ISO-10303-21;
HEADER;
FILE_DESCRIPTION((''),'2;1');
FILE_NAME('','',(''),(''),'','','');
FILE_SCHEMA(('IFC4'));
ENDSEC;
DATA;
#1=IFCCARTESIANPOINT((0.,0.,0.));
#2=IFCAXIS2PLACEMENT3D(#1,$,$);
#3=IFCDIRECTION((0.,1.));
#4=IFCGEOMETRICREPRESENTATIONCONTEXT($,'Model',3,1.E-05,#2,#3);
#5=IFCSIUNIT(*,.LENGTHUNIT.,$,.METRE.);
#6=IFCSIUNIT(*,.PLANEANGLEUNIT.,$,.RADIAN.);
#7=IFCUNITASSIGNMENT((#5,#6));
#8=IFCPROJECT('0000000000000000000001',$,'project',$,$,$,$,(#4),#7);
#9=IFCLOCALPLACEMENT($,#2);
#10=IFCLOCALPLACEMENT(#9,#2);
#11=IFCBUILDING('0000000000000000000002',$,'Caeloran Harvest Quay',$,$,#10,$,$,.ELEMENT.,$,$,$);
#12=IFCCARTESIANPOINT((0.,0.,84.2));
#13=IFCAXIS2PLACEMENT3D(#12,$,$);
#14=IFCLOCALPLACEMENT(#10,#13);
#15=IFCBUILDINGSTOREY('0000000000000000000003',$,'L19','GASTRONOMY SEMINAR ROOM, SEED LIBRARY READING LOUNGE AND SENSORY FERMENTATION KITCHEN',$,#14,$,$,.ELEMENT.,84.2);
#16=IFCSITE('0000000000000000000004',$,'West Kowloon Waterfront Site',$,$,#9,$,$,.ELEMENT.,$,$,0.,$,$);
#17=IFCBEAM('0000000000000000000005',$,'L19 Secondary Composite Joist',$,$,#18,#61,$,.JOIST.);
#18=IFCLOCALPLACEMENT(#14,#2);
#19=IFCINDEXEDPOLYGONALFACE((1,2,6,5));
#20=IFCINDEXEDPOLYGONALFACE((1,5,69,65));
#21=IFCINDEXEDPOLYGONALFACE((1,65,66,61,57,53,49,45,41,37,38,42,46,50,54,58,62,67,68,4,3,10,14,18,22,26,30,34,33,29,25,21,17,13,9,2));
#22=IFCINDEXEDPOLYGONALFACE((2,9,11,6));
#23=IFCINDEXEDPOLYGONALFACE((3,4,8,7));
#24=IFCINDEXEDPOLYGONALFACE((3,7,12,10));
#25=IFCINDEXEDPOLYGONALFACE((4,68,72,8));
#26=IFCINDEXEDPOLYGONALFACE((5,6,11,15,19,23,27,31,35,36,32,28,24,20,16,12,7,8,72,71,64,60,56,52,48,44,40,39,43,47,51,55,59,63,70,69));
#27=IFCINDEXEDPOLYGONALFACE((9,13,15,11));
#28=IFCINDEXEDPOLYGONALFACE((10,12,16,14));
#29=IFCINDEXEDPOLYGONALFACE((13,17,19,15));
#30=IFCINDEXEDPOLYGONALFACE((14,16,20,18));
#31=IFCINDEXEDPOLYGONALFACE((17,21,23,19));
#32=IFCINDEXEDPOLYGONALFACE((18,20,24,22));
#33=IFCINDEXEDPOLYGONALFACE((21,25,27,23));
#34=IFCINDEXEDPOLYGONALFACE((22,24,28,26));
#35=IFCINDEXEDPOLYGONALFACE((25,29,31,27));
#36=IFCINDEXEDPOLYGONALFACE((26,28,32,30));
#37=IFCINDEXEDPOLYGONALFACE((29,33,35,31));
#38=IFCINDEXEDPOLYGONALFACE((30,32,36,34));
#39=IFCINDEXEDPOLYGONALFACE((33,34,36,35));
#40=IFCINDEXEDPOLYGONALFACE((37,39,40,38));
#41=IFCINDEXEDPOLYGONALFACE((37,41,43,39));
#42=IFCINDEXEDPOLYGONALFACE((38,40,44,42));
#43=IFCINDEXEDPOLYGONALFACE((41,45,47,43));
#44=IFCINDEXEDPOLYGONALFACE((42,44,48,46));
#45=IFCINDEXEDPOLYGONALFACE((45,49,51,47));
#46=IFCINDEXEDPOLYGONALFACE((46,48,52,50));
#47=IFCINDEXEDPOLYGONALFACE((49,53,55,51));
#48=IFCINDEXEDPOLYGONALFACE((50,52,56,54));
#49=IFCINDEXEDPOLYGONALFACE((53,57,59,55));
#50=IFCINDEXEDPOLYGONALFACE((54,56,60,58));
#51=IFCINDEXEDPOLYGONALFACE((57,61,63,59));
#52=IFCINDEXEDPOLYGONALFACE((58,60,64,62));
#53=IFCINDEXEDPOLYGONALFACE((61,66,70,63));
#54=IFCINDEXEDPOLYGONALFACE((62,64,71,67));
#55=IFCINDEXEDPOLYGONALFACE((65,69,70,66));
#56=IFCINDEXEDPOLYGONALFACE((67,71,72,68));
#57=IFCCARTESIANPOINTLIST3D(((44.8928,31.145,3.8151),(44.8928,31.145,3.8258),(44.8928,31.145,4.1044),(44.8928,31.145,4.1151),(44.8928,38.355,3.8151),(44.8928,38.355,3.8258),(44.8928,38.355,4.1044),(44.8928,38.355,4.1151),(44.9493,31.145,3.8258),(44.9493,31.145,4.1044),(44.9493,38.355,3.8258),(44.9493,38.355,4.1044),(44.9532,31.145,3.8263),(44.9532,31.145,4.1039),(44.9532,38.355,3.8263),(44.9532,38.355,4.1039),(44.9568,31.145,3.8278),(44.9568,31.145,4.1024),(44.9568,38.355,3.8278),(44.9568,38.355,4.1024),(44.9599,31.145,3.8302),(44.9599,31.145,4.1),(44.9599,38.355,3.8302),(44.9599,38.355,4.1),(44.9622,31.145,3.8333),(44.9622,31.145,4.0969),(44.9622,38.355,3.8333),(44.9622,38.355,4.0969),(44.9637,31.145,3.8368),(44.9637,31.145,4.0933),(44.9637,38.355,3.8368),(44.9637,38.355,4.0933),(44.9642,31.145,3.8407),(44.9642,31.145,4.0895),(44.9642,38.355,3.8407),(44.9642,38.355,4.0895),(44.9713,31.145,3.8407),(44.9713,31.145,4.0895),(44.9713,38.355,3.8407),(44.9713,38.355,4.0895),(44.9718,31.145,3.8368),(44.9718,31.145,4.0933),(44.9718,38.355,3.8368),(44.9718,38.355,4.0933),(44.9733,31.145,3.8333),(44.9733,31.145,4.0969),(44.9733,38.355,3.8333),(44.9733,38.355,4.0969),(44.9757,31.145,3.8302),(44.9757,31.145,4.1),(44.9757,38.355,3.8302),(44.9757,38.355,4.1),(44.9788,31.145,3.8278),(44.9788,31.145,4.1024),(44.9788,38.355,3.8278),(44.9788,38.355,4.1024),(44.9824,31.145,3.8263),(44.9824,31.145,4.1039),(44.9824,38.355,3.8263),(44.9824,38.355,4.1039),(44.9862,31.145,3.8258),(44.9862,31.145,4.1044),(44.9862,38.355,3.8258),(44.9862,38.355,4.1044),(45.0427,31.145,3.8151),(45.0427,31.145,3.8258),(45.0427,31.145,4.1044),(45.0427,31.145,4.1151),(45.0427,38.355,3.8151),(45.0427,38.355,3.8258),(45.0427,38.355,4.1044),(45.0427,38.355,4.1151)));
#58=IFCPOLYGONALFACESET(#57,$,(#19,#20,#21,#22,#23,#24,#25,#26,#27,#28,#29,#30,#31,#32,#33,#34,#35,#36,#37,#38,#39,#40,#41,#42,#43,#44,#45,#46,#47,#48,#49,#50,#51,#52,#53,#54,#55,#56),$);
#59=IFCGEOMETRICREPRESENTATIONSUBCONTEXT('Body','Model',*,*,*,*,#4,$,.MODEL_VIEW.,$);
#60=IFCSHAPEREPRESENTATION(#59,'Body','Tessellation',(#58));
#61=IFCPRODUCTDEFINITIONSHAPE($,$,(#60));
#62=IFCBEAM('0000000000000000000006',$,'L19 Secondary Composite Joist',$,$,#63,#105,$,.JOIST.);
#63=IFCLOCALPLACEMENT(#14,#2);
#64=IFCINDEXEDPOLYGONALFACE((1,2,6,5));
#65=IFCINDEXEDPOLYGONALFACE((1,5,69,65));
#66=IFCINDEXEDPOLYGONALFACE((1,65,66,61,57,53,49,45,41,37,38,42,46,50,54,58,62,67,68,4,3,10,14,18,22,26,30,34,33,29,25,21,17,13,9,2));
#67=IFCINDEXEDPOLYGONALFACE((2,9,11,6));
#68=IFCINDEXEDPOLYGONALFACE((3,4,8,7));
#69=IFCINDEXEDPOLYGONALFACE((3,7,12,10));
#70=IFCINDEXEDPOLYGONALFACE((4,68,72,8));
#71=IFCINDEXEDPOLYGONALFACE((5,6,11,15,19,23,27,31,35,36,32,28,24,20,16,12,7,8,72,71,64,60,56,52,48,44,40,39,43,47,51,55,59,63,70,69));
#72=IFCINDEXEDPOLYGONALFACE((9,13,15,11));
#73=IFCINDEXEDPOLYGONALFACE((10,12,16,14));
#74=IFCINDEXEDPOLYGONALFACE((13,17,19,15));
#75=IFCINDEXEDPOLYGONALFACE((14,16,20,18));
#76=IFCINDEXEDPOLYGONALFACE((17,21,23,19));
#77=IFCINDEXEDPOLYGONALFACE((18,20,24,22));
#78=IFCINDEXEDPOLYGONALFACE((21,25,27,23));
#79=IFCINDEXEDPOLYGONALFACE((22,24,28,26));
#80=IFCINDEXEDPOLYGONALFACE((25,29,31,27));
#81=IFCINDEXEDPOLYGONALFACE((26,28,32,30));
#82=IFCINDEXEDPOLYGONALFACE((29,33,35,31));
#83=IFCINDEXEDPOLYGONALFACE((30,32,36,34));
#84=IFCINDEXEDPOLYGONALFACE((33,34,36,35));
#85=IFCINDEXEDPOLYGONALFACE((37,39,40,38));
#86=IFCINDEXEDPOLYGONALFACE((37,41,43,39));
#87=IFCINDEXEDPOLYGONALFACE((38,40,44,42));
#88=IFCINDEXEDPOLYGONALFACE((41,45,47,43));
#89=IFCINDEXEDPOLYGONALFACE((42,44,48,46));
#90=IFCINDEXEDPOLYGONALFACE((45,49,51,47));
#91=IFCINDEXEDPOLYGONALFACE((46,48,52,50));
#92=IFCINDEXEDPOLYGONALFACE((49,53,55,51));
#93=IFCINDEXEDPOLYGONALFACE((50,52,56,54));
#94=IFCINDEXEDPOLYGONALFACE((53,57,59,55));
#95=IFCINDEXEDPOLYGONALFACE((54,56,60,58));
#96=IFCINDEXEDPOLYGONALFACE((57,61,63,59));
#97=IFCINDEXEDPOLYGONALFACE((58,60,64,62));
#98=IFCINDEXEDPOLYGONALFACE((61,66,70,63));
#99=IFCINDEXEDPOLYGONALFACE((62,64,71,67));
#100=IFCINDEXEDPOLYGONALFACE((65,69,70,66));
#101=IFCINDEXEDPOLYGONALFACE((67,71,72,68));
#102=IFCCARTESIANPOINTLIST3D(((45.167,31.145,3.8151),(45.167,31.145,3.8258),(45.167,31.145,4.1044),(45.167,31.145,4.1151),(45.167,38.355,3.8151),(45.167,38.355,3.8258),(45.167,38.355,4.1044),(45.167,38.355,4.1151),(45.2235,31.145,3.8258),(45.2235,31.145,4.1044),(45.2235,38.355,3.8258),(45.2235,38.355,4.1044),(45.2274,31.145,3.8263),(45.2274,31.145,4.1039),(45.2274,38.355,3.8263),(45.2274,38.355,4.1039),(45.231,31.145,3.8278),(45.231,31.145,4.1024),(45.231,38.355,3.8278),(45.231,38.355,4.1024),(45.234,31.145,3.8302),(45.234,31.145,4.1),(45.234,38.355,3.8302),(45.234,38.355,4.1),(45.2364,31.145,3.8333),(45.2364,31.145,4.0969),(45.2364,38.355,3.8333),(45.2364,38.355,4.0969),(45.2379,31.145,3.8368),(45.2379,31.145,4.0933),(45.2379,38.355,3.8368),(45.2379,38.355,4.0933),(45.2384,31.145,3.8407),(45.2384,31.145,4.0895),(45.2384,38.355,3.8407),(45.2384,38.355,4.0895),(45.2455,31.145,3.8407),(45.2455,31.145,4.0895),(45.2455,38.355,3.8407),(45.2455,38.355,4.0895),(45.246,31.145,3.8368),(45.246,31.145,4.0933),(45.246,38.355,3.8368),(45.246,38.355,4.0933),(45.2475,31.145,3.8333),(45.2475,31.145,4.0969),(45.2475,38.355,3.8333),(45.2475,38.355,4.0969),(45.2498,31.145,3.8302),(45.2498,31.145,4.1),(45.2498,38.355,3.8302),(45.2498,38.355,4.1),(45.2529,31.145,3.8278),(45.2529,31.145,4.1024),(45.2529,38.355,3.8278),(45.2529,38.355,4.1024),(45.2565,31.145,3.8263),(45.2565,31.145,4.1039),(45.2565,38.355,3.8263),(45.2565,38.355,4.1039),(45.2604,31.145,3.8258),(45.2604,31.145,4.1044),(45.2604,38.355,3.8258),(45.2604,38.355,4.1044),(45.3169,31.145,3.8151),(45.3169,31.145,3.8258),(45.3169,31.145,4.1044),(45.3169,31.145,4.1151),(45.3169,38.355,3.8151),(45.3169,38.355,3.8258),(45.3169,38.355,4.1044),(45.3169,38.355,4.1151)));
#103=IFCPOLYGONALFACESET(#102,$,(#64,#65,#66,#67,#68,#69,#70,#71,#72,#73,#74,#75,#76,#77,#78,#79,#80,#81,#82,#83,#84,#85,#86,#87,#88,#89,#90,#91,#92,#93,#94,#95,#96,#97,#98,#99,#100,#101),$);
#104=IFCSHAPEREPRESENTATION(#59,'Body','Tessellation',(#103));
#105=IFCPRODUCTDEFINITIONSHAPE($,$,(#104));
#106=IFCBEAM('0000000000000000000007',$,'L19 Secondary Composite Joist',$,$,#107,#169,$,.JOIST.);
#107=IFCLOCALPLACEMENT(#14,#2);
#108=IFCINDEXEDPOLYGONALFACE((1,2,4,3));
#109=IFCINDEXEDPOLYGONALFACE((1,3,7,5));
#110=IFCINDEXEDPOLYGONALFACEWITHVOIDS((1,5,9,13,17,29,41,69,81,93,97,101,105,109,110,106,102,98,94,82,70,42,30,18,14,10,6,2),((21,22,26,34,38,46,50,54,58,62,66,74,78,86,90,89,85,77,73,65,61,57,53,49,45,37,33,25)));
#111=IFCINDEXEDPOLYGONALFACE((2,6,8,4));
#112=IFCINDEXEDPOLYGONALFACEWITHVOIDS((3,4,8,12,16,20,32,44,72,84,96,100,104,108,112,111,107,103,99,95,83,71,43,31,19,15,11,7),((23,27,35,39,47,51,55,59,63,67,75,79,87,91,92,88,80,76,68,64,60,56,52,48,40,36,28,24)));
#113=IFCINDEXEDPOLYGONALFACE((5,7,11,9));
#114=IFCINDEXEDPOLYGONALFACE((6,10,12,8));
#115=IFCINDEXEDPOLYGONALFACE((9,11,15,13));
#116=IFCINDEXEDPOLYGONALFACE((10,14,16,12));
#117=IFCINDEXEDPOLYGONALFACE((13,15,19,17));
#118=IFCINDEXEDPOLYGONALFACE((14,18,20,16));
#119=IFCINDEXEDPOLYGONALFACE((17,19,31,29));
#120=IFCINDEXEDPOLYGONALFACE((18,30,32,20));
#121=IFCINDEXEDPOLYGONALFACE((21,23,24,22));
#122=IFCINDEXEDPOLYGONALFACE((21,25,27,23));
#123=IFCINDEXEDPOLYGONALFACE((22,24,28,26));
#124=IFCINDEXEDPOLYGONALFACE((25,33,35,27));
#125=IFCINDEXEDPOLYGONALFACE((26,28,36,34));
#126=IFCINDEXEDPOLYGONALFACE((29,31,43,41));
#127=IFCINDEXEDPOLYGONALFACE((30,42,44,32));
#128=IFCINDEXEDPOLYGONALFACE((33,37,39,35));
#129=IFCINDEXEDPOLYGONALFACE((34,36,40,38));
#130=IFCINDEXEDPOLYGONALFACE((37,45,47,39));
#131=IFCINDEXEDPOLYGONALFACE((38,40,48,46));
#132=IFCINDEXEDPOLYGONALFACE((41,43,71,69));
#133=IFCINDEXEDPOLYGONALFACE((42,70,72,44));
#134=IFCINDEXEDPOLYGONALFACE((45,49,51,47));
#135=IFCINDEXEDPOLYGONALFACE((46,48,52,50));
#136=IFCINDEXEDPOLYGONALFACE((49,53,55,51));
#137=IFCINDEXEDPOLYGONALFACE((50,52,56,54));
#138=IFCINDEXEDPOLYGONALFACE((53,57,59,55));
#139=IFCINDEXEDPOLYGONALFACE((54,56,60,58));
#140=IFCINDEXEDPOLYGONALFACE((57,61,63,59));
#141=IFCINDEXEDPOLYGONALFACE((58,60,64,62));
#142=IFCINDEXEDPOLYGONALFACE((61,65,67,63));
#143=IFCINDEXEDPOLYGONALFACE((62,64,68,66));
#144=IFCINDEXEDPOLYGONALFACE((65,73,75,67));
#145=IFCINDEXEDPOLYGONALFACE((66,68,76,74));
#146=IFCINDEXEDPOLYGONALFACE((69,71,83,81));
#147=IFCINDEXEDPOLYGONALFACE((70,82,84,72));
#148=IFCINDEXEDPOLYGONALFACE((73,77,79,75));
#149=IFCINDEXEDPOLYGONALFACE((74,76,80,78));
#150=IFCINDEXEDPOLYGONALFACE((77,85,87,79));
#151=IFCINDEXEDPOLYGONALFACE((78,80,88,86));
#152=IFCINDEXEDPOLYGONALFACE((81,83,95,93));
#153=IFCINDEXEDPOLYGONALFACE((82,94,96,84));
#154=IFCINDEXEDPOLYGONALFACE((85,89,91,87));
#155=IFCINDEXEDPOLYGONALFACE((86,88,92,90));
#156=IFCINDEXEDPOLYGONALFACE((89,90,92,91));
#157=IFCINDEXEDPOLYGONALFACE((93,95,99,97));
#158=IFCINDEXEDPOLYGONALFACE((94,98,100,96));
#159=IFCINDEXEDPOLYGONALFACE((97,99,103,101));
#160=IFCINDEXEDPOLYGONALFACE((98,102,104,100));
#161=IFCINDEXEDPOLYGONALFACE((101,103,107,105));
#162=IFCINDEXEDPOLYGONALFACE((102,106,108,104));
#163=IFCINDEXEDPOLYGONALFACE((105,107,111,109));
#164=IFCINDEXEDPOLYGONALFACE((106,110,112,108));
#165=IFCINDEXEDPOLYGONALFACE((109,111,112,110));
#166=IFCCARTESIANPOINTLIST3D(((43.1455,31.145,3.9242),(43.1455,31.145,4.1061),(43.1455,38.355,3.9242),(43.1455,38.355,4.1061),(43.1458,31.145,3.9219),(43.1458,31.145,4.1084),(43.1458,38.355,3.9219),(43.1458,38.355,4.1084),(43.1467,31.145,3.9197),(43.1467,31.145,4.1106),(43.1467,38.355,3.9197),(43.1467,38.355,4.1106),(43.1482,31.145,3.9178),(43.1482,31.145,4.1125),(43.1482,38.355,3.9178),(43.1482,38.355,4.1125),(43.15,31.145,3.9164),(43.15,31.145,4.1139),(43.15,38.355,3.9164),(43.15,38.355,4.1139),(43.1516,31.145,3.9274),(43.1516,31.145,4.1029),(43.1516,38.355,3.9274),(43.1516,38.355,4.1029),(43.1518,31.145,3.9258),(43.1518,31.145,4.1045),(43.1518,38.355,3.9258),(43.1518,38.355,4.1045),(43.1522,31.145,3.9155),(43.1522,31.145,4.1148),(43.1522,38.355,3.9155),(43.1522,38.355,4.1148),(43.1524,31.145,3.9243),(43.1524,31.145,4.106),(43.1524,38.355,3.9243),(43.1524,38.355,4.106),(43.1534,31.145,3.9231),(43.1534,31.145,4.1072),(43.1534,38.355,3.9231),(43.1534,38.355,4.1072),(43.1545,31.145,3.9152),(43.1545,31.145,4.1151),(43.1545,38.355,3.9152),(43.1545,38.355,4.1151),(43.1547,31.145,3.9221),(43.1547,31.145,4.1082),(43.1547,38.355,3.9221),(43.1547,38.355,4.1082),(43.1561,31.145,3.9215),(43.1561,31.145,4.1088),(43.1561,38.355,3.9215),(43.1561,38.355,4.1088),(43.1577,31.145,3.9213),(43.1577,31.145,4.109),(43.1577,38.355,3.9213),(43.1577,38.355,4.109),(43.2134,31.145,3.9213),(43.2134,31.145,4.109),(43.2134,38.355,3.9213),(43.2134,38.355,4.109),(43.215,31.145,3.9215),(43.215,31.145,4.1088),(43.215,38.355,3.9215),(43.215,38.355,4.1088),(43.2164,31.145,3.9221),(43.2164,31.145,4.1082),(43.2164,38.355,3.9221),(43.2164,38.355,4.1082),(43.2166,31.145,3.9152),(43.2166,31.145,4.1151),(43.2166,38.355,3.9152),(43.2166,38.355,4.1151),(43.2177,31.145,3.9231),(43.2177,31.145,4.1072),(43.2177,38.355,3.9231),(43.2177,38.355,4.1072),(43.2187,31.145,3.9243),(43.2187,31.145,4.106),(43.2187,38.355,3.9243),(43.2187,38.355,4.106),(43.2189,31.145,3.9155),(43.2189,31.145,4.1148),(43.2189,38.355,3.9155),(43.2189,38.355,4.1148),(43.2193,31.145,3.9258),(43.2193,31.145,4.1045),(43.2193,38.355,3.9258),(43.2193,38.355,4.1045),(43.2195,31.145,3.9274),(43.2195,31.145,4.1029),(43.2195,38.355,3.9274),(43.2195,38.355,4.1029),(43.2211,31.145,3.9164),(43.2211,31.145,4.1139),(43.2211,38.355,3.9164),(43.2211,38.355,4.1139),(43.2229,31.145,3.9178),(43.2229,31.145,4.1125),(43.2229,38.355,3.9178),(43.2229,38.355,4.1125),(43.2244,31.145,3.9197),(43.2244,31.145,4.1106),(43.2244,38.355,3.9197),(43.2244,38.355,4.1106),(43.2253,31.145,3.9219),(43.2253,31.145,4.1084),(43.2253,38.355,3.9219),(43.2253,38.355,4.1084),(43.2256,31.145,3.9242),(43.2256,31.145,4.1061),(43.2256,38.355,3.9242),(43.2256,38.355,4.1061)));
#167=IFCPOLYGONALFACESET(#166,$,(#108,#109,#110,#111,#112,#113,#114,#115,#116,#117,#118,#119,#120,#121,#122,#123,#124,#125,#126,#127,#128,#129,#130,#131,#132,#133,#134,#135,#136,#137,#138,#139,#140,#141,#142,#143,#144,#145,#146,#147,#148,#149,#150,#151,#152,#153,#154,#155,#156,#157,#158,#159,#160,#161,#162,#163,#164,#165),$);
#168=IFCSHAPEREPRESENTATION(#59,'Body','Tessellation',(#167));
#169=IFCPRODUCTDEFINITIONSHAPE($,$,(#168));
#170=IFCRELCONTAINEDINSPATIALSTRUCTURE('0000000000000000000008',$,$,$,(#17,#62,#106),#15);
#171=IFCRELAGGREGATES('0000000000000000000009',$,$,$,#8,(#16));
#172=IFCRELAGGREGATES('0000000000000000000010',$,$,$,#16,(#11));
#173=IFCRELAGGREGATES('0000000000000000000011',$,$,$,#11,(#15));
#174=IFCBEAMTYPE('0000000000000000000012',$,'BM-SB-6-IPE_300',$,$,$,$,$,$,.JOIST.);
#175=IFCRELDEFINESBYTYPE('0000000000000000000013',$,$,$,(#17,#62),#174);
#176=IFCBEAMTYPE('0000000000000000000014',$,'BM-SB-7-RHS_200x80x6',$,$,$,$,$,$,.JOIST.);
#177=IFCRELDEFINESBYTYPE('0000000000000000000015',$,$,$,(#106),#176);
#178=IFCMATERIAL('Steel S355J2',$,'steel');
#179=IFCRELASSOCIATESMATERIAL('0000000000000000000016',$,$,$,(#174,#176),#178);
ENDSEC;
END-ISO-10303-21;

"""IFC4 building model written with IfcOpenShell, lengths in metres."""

from ifc_helpers import new_model, si_unit, direction, frame, origin, origin_2d, place, context, subcontext, project, spatial, hollow_rectangle, i_section, extrude, material, material_profile, profile_set, type_object, element, save


model = new_model("IFC4")

# Units and contexts
model_context = context("Model", 3, precision=1e-05, world=origin(), true_north=direction((0.0, 1.0)))
body_context = subcontext(model_context, "Body", "Model", "MODEL_VIEW")
ifc_project = project(units=[si_unit("LENGTHUNIT", "METRE"), si_unit("PLANEANGLEUNIT", "RADIAN")], contexts=[model_context])

# Site, building, storey
site_placement = place(None, origin())
site = spatial("IfcSite", under=ifc_project, at=site_placement, Name="West Kowloon Waterfront Site", CompositionType="ELEMENT", RefElevation=0.0)
building_placement = place(site_placement, origin())
building = spatial("IfcBuilding", under=site, at=building_placement, Name="Caeloran Harvest Quay", CompositionType="ELEMENT")
storey_placement = place(building_placement, frame((0.0, 0.0, 84.2)))
storey = spatial("IfcBuildingStorey", under=building, at=storey_placement, Name="L19", Description="GASTRONOMY SEMINAR ROOM, SEED LIBRARY READING LOUNGE AND SENSORY FERMENTATION KITCHEN", CompositionType="ELEMENT", Elevation=84.2)

# Beams
ifc_material_1 = material(Name="Steel S355J2", Category="steel")
ifc_material_profile_1 = material_profile(ifc_material_1, i_section(OverallWidth=0.1499, OverallDepth=0.3, WebThickness=0.0071, FlangeThickness=0.0107, FilletRadius=0.0149, at=origin_2d()), Name="IPE 300")
ifc_profile_set_1 = profile_set([ifc_material_profile_1], Name="Steel S355J2")
beam_type_1 = type_object("IfcBeamType", Name="BM-SB-6-IPE_300", PredefinedType="JOIST", material=ifc_profile_set_1)
for number, where, z_axis, x_axis, name in (
    (1, (44.9678, 31.145, 3.9651), (0.0, 1.0, 0.0), (-1.0, 0.0, 0.0), "L19 Secondary Composite Joist"),
    (2, (45.2419, 31.145, 3.9651), (0.0, 1.0, 0.0), (-1.0, 0.0, 0.0), "L19 Secondary Composite Joist"),
):
    element("IfcBeam", number, at=place(storey_placement, frame(where, z_axis=z_axis, x_axis=x_axis)), inside=storey, type_object=beam_type_1, Name=name, PredefinedType="JOIST", context=body_context, shape_type="SweptSolid", body=[
        extrude(i_section(OverallWidth=0.1499, OverallDepth=0.3, WebThickness=0.0071, FlangeThickness=0.0107, FilletRadius=0.0149, at=origin_2d()), origin(), (0.0, 0.0, 1.0), 7.21),
    ])
ifc_material_profile_2 = material_profile(ifc_material_1, hollow_rectangle(XDim=0.0801, YDim=0.2, WallThickness=0.0061, InnerFilletRadius=0.0061, OuterFilletRadius=0.009, at=origin_2d()), Name="RHS 200x80x6")
ifc_profile_set_2 = profile_set([ifc_material_profile_2], Name="Steel S355J2")
beam_type_2 = type_object("IfcBeamType", Name="BM-SB-7-RHS_200x80x6", PredefinedType="JOIST", material=ifc_profile_set_2)
for number, where, z_axis, x_axis, name in (
    (3, (43.1855, 31.145, 4.0151), (0.0, 1.0, 0.0), (-1.0, 0.0, 0.0), "L19 Secondary Composite Joist"),
):
    element("IfcBeam", number, at=place(storey_placement, frame(where, z_axis=z_axis, x_axis=x_axis)), inside=storey, type_object=beam_type_2, Name=name, PredefinedType="JOIST", context=body_context, shape_type="SweptSolid", body=[
        extrude(hollow_rectangle(XDim=0.0801, YDim=0.2, WallThickness=0.0061, InnerFilletRadius=0.0061, OuterFilletRadius=0.009, at=origin_2d()), origin(), (0.0, 0.0, 1.0), 7.21),
    ])

save(model, "model.ifc")
